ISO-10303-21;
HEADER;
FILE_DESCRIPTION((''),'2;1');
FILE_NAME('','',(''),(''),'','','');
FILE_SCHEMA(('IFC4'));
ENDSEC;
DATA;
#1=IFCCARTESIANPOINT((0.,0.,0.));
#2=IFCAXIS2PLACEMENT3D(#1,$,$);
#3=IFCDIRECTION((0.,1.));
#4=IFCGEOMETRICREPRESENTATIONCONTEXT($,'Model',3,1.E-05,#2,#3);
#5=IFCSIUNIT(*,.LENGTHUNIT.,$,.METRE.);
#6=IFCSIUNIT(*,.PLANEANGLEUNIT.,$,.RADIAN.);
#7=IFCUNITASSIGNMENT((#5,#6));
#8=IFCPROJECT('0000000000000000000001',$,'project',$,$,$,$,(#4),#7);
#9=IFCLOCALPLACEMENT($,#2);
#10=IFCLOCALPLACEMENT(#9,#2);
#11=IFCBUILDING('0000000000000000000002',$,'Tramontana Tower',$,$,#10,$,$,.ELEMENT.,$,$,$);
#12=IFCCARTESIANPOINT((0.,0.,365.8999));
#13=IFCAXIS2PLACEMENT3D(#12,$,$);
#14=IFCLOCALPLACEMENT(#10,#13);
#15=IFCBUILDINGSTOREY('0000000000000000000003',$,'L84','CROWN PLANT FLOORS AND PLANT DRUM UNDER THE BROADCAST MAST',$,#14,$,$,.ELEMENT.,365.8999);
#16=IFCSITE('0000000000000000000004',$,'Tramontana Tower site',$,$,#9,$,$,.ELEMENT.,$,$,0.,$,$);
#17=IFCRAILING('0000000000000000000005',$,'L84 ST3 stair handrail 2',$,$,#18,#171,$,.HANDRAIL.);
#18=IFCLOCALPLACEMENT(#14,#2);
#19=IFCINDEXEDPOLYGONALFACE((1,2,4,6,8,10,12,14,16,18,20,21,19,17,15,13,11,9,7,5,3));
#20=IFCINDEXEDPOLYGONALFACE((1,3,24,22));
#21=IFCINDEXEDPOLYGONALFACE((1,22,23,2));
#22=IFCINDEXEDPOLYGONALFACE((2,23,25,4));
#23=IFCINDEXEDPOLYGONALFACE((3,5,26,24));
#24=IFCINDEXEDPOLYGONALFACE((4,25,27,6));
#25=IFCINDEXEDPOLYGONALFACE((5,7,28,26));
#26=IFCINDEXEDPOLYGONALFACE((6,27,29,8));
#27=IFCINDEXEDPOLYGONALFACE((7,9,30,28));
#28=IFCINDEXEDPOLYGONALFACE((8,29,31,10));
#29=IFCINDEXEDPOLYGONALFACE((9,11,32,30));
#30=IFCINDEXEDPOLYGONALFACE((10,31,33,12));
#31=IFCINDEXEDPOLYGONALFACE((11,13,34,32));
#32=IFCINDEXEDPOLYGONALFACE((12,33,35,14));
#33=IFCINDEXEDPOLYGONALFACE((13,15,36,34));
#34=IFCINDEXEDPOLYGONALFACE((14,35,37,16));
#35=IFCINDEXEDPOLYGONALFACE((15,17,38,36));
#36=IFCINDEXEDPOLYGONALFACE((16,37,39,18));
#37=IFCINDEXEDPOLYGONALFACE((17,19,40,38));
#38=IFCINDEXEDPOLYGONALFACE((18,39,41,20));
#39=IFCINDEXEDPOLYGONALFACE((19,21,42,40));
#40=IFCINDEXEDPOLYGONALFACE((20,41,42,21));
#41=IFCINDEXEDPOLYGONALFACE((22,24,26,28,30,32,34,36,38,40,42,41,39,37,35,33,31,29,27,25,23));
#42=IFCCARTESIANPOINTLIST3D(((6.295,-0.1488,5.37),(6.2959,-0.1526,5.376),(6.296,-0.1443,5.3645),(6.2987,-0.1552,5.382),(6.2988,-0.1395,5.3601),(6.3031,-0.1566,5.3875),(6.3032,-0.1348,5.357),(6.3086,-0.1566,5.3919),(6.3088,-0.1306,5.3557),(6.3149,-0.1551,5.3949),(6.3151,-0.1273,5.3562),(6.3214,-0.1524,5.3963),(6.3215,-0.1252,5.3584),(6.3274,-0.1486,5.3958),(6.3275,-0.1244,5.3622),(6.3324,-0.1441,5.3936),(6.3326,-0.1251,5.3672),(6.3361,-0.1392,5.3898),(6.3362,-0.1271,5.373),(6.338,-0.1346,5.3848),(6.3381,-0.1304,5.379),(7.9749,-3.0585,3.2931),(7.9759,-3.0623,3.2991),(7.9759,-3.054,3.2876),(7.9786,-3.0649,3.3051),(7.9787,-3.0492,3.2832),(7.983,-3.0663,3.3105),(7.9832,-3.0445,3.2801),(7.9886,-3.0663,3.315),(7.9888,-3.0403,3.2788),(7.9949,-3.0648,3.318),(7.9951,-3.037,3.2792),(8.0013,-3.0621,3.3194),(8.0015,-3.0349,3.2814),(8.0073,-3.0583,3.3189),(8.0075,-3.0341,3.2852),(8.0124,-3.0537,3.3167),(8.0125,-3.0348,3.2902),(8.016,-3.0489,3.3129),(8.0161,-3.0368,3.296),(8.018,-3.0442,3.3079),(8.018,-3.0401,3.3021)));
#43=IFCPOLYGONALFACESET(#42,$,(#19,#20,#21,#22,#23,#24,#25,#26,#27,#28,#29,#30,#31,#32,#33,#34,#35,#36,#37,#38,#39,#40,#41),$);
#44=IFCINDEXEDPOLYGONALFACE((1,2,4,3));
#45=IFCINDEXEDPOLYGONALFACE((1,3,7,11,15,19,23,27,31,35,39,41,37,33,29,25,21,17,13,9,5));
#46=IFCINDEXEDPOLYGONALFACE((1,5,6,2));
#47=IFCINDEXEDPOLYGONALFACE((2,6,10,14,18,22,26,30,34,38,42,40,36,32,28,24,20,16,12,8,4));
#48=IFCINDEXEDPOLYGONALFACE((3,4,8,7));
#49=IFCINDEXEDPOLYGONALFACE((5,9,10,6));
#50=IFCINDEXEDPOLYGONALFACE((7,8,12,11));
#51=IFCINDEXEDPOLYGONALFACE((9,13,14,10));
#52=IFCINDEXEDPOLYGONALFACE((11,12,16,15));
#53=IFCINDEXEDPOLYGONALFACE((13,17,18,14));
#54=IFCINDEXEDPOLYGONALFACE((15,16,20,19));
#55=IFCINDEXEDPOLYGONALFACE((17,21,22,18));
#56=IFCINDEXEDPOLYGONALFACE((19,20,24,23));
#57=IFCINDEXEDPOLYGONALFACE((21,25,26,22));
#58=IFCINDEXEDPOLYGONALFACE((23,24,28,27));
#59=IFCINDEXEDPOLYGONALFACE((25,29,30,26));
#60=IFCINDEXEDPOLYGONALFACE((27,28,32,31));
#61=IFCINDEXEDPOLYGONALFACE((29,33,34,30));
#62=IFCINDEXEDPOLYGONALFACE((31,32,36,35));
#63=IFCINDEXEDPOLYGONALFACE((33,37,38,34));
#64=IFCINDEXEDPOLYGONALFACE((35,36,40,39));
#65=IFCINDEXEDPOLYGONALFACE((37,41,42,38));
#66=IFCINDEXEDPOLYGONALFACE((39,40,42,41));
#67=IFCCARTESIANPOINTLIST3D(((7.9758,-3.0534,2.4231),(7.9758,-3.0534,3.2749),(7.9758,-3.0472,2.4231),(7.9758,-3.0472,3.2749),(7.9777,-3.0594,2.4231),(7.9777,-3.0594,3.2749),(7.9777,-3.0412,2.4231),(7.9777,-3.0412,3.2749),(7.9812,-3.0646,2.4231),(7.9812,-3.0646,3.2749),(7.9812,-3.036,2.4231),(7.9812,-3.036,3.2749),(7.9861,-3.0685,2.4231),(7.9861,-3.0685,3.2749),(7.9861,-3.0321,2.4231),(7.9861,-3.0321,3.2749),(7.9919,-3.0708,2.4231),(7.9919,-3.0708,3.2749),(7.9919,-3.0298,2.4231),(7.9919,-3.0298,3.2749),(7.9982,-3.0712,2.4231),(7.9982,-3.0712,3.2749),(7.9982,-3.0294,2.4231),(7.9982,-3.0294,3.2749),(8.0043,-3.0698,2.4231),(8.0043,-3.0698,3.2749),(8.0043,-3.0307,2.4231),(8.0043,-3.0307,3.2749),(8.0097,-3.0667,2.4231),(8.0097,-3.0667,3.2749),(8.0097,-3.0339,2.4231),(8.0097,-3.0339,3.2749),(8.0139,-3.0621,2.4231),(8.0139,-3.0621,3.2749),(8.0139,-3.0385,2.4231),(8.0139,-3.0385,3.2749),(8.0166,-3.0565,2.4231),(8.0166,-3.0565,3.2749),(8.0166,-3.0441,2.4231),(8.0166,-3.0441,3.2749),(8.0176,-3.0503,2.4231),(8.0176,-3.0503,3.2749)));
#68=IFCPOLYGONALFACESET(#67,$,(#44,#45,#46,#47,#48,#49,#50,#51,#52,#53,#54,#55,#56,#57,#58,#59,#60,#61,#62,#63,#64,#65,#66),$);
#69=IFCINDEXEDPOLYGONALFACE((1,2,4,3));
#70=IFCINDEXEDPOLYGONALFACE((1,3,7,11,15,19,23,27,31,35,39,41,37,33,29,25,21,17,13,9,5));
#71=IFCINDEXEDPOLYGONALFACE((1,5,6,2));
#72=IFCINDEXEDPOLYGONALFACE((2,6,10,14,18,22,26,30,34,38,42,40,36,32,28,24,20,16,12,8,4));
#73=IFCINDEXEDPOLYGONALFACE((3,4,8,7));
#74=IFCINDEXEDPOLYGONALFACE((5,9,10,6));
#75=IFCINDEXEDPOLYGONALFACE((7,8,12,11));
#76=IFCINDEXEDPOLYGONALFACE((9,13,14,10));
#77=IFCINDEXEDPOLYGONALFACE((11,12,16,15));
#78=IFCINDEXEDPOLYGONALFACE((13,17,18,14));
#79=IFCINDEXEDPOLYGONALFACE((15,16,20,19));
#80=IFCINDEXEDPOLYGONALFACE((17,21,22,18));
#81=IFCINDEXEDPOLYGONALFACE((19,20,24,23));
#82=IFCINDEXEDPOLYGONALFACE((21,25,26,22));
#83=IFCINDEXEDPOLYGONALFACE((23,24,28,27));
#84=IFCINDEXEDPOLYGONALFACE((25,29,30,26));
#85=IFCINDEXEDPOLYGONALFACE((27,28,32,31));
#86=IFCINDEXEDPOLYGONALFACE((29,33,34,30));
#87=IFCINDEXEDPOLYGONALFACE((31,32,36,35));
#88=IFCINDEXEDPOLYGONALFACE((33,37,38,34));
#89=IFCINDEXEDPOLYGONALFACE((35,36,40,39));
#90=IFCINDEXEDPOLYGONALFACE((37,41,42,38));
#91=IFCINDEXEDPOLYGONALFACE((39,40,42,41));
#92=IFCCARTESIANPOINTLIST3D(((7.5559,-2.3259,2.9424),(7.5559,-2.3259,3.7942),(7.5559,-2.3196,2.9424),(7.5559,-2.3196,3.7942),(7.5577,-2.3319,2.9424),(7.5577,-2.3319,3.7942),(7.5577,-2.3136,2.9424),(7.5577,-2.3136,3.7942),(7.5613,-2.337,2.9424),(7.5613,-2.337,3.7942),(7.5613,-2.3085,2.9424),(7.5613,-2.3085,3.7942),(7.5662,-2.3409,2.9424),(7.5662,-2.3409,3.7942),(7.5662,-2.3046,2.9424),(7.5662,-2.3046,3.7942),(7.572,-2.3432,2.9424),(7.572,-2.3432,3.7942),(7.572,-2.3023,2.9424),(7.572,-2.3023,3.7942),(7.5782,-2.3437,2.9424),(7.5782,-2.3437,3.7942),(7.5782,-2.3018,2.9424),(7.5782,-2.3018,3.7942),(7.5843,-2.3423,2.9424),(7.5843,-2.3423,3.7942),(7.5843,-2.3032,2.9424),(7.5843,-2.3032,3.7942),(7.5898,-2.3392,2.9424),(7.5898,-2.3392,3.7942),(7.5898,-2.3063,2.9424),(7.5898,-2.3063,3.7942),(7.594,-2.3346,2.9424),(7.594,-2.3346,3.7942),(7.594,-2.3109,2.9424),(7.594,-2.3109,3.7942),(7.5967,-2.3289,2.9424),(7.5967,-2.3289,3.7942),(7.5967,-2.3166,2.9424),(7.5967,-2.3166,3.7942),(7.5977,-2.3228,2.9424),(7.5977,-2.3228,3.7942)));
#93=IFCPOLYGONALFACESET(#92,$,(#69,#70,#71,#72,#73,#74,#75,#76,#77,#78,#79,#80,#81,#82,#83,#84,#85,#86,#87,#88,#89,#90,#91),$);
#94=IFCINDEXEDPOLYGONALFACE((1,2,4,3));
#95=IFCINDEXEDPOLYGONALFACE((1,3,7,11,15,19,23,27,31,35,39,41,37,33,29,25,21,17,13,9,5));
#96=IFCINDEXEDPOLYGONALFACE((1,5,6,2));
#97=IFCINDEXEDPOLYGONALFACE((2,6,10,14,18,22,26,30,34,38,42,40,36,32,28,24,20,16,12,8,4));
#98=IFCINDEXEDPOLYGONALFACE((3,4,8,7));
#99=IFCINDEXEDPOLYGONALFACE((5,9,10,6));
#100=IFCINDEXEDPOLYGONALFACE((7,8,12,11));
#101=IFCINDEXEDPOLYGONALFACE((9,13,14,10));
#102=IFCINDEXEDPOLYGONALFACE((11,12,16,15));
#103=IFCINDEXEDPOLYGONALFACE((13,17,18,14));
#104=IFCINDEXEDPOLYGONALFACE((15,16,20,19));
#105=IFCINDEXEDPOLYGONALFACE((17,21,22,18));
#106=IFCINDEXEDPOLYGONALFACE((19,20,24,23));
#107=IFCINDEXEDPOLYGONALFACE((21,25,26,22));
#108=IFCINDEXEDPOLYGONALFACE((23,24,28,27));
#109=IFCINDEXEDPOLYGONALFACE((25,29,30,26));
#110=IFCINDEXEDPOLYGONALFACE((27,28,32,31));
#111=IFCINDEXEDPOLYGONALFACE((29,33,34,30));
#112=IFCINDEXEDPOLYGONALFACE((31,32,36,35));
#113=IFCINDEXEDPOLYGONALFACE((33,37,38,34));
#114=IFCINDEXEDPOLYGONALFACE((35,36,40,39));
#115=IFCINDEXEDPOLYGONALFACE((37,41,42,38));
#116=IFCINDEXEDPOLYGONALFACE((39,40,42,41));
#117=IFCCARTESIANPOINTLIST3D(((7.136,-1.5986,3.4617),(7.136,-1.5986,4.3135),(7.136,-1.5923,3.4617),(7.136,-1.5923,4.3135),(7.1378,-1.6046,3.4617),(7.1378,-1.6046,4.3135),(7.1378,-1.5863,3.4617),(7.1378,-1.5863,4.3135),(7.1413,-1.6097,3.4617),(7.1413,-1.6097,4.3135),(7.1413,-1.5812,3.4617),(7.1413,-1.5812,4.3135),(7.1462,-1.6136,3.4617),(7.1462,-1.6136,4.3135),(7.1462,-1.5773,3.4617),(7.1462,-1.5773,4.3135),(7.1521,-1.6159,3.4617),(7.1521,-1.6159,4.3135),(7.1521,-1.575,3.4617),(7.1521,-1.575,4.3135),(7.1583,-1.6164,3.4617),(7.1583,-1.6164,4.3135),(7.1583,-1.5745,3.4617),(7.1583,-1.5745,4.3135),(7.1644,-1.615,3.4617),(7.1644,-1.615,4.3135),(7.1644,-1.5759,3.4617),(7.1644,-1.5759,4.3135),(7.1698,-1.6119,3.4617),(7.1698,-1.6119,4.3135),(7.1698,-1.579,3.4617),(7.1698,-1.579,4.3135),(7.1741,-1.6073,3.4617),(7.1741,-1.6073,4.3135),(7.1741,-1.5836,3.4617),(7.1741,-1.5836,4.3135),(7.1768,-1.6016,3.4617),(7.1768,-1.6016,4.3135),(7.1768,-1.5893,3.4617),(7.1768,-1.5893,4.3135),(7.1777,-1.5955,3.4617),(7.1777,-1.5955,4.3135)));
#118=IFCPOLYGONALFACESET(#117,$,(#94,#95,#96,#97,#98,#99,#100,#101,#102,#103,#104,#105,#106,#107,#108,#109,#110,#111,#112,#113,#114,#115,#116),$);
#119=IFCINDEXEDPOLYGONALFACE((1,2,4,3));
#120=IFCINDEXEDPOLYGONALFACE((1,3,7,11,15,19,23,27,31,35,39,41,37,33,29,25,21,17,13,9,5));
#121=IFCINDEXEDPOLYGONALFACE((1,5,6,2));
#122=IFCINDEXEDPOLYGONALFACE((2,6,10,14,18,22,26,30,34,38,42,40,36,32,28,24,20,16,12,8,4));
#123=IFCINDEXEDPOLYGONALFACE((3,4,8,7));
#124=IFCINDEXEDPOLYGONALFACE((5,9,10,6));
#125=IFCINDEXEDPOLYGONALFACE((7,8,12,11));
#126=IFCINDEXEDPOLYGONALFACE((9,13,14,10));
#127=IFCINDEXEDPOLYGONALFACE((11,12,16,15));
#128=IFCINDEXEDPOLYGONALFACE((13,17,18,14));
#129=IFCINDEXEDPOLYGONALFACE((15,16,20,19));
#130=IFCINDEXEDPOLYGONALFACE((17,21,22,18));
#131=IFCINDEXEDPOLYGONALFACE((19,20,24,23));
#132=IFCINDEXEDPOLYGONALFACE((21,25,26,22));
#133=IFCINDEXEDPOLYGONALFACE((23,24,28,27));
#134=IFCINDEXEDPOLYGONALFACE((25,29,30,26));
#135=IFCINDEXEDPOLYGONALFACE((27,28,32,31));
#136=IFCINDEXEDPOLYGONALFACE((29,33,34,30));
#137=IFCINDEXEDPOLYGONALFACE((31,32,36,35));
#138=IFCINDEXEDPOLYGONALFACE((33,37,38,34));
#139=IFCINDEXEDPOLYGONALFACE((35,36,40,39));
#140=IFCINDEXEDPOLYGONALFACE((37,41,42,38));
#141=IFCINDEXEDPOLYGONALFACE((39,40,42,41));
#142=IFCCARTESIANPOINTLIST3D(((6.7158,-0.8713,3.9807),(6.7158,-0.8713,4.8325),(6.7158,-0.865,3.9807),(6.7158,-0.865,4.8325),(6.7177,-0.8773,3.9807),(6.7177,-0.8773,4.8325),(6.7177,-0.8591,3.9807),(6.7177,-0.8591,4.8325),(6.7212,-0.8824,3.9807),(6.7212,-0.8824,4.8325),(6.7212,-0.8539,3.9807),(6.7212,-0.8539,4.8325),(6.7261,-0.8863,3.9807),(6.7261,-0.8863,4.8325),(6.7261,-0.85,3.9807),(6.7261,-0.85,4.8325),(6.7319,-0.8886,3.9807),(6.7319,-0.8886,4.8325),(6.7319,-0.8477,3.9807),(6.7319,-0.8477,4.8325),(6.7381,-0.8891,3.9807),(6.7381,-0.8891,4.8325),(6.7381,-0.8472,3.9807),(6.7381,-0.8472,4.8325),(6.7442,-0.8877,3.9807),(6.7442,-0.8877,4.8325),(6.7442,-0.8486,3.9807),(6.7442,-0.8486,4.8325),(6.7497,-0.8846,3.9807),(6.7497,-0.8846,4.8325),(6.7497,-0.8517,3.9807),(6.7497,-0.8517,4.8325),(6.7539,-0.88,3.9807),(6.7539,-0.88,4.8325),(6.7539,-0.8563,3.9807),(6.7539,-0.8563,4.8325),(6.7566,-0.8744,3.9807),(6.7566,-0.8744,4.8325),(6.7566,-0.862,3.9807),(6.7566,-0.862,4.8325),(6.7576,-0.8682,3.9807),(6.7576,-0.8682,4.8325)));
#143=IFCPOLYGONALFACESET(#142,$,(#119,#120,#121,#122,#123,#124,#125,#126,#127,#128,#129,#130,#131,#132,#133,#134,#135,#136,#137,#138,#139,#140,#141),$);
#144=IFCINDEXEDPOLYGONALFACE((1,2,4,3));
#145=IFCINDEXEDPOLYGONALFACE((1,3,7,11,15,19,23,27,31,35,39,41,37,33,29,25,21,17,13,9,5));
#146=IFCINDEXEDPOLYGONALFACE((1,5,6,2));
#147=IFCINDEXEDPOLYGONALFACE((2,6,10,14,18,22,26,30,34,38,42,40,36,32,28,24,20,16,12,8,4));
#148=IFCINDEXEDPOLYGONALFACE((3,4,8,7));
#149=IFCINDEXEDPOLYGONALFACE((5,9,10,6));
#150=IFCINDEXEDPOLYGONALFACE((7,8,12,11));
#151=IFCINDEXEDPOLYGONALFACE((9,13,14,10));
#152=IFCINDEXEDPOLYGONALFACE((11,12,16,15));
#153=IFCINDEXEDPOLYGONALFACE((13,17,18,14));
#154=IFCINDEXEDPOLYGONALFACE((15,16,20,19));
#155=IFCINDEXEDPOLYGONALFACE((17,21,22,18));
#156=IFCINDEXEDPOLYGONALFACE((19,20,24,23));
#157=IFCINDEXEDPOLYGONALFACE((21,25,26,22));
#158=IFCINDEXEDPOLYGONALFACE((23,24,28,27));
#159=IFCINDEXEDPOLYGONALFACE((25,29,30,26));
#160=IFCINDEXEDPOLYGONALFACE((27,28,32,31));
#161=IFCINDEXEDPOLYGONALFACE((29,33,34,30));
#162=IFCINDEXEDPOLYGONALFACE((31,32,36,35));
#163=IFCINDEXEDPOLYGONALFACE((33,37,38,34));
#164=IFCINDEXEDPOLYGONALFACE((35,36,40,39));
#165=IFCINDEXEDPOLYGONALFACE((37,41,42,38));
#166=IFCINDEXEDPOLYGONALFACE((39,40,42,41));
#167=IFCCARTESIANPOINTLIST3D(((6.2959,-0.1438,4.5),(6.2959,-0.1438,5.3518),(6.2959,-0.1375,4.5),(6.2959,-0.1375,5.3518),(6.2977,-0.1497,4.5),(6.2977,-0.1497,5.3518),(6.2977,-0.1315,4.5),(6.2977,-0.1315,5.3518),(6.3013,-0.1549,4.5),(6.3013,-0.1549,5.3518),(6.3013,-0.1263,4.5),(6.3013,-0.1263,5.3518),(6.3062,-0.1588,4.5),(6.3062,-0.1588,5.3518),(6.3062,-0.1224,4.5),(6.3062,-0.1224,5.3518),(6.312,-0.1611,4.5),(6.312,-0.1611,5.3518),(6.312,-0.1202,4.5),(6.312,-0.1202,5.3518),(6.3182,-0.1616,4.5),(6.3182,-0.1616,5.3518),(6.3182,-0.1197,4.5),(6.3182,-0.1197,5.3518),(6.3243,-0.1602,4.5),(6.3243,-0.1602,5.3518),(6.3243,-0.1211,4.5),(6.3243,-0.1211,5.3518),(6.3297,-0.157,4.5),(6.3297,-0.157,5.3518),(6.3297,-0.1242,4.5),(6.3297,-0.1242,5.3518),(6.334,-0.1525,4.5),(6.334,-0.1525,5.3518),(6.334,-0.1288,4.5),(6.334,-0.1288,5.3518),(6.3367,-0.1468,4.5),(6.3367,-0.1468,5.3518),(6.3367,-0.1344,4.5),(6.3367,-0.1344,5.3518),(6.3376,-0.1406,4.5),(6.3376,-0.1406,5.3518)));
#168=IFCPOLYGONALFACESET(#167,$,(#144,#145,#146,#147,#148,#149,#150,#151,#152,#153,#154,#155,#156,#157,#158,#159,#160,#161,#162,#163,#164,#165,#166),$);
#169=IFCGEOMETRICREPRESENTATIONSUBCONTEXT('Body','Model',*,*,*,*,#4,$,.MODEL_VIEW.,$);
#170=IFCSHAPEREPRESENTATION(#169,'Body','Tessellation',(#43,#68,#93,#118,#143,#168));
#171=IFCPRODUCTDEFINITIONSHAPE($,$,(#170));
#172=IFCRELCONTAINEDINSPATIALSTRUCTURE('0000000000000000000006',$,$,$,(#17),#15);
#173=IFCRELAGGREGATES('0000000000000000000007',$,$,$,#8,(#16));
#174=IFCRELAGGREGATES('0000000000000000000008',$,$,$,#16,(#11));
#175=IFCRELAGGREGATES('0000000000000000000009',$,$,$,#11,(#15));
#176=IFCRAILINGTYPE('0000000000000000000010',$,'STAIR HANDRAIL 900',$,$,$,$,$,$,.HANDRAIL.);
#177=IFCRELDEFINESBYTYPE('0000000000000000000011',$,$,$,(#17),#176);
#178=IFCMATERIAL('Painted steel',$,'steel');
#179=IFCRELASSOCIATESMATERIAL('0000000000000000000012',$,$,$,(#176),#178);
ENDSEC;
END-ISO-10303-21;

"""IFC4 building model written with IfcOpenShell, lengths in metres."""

from ifc_helpers import new_model, si_unit, direction, frame, origin, origin_2d, place, context, subcontext, project, spatial, circle, extrude, material, type_object, element, save


model = new_model("IFC4")

# Units and contexts
model_context = context("Model", 3, precision=1e-05, world=origin(), true_north=direction((0.0, 1.0)))
body_context = subcontext(model_context, "Body", "Model", "MODEL_VIEW")
ifc_project = project(units=[si_unit("LENGTHUNIT", "METRE"), si_unit("PLANEANGLEUNIT", "RADIAN")], contexts=[model_context])

# Site, building, storey
site_placement = place(None, origin())
site = spatial("IfcSite", under=ifc_project, at=site_placement, Name="Tramontana Tower site", CompositionType="ELEMENT", RefElevation=0.0)
building_placement = place(site_placement, origin())
building = spatial("IfcBuilding", under=site, at=building_placement, Name="Tramontana Tower", CompositionType="ELEMENT")
storey_placement = place(building_placement, frame((0.0, 0.0, 365.8999)))
storey = spatial("IfcBuildingStorey", under=building, at=storey_placement, Name="L84", Description="CROWN PLANT FLOORS AND PLANT DRUM UNDER THE BROADCAST MAST", CompositionType="ELEMENT", Elevation=365.8999)

# Railing
ifc_material_1 = material(Name="Painted steel", Category="steel")
railing_type_1 = type_object("IfcRailingType", Name="STAIR HANDRAIL 900", PredefinedType="HANDRAIL", material=ifc_material_1)
railing_1_placement = place(storey_placement, frame((7.9966, -3.0503, 2.4231)))
element("IfcRailing", 1, at=railing_1_placement, inside=storey, type_object=railing_type_1, Name="L84 ST3 stair handrail 2", PredefinedType="HANDRAIL", context=body_context, shape_type="SweptSolid", body=[
    extrude(circle(Radius=0.0239, at=origin_2d()), frame((0.0, 0.0, 0.876), z_axis=(-0.425308, 0.73664, 0.525809), x_axis=(-0.866021, -0.500008, 0.0)), (0.0, 0.0, 1.0), 3.95),
    extrude(circle(Radius=0.021, at=origin_2d()), origin(), (0.0, 0.0, 1.0), 0.8518),
    extrude(circle(Radius=0.021, at=origin_2d()), frame((-0.4199, 0.7275, 0.5193)), (0.0, 0.0, 1.0), 0.8518),
    extrude(circle(Radius=0.021, at=origin_2d()), frame((-0.8398, 1.4548, 1.0386)), (0.0, 0.0, 1.0), 0.8518),
    extrude(circle(Radius=0.021, at=origin_2d()), frame((-1.26, 2.1821, 1.5576)), (0.0, 0.0, 1.0), 0.8518),
    extrude(circle(Radius=0.021, at=origin_2d()), frame((-1.6799, 2.9097, 2.0769)), (0.0, 0.0, 1.0), 0.8518),
])

save(model, "model.ifc")
